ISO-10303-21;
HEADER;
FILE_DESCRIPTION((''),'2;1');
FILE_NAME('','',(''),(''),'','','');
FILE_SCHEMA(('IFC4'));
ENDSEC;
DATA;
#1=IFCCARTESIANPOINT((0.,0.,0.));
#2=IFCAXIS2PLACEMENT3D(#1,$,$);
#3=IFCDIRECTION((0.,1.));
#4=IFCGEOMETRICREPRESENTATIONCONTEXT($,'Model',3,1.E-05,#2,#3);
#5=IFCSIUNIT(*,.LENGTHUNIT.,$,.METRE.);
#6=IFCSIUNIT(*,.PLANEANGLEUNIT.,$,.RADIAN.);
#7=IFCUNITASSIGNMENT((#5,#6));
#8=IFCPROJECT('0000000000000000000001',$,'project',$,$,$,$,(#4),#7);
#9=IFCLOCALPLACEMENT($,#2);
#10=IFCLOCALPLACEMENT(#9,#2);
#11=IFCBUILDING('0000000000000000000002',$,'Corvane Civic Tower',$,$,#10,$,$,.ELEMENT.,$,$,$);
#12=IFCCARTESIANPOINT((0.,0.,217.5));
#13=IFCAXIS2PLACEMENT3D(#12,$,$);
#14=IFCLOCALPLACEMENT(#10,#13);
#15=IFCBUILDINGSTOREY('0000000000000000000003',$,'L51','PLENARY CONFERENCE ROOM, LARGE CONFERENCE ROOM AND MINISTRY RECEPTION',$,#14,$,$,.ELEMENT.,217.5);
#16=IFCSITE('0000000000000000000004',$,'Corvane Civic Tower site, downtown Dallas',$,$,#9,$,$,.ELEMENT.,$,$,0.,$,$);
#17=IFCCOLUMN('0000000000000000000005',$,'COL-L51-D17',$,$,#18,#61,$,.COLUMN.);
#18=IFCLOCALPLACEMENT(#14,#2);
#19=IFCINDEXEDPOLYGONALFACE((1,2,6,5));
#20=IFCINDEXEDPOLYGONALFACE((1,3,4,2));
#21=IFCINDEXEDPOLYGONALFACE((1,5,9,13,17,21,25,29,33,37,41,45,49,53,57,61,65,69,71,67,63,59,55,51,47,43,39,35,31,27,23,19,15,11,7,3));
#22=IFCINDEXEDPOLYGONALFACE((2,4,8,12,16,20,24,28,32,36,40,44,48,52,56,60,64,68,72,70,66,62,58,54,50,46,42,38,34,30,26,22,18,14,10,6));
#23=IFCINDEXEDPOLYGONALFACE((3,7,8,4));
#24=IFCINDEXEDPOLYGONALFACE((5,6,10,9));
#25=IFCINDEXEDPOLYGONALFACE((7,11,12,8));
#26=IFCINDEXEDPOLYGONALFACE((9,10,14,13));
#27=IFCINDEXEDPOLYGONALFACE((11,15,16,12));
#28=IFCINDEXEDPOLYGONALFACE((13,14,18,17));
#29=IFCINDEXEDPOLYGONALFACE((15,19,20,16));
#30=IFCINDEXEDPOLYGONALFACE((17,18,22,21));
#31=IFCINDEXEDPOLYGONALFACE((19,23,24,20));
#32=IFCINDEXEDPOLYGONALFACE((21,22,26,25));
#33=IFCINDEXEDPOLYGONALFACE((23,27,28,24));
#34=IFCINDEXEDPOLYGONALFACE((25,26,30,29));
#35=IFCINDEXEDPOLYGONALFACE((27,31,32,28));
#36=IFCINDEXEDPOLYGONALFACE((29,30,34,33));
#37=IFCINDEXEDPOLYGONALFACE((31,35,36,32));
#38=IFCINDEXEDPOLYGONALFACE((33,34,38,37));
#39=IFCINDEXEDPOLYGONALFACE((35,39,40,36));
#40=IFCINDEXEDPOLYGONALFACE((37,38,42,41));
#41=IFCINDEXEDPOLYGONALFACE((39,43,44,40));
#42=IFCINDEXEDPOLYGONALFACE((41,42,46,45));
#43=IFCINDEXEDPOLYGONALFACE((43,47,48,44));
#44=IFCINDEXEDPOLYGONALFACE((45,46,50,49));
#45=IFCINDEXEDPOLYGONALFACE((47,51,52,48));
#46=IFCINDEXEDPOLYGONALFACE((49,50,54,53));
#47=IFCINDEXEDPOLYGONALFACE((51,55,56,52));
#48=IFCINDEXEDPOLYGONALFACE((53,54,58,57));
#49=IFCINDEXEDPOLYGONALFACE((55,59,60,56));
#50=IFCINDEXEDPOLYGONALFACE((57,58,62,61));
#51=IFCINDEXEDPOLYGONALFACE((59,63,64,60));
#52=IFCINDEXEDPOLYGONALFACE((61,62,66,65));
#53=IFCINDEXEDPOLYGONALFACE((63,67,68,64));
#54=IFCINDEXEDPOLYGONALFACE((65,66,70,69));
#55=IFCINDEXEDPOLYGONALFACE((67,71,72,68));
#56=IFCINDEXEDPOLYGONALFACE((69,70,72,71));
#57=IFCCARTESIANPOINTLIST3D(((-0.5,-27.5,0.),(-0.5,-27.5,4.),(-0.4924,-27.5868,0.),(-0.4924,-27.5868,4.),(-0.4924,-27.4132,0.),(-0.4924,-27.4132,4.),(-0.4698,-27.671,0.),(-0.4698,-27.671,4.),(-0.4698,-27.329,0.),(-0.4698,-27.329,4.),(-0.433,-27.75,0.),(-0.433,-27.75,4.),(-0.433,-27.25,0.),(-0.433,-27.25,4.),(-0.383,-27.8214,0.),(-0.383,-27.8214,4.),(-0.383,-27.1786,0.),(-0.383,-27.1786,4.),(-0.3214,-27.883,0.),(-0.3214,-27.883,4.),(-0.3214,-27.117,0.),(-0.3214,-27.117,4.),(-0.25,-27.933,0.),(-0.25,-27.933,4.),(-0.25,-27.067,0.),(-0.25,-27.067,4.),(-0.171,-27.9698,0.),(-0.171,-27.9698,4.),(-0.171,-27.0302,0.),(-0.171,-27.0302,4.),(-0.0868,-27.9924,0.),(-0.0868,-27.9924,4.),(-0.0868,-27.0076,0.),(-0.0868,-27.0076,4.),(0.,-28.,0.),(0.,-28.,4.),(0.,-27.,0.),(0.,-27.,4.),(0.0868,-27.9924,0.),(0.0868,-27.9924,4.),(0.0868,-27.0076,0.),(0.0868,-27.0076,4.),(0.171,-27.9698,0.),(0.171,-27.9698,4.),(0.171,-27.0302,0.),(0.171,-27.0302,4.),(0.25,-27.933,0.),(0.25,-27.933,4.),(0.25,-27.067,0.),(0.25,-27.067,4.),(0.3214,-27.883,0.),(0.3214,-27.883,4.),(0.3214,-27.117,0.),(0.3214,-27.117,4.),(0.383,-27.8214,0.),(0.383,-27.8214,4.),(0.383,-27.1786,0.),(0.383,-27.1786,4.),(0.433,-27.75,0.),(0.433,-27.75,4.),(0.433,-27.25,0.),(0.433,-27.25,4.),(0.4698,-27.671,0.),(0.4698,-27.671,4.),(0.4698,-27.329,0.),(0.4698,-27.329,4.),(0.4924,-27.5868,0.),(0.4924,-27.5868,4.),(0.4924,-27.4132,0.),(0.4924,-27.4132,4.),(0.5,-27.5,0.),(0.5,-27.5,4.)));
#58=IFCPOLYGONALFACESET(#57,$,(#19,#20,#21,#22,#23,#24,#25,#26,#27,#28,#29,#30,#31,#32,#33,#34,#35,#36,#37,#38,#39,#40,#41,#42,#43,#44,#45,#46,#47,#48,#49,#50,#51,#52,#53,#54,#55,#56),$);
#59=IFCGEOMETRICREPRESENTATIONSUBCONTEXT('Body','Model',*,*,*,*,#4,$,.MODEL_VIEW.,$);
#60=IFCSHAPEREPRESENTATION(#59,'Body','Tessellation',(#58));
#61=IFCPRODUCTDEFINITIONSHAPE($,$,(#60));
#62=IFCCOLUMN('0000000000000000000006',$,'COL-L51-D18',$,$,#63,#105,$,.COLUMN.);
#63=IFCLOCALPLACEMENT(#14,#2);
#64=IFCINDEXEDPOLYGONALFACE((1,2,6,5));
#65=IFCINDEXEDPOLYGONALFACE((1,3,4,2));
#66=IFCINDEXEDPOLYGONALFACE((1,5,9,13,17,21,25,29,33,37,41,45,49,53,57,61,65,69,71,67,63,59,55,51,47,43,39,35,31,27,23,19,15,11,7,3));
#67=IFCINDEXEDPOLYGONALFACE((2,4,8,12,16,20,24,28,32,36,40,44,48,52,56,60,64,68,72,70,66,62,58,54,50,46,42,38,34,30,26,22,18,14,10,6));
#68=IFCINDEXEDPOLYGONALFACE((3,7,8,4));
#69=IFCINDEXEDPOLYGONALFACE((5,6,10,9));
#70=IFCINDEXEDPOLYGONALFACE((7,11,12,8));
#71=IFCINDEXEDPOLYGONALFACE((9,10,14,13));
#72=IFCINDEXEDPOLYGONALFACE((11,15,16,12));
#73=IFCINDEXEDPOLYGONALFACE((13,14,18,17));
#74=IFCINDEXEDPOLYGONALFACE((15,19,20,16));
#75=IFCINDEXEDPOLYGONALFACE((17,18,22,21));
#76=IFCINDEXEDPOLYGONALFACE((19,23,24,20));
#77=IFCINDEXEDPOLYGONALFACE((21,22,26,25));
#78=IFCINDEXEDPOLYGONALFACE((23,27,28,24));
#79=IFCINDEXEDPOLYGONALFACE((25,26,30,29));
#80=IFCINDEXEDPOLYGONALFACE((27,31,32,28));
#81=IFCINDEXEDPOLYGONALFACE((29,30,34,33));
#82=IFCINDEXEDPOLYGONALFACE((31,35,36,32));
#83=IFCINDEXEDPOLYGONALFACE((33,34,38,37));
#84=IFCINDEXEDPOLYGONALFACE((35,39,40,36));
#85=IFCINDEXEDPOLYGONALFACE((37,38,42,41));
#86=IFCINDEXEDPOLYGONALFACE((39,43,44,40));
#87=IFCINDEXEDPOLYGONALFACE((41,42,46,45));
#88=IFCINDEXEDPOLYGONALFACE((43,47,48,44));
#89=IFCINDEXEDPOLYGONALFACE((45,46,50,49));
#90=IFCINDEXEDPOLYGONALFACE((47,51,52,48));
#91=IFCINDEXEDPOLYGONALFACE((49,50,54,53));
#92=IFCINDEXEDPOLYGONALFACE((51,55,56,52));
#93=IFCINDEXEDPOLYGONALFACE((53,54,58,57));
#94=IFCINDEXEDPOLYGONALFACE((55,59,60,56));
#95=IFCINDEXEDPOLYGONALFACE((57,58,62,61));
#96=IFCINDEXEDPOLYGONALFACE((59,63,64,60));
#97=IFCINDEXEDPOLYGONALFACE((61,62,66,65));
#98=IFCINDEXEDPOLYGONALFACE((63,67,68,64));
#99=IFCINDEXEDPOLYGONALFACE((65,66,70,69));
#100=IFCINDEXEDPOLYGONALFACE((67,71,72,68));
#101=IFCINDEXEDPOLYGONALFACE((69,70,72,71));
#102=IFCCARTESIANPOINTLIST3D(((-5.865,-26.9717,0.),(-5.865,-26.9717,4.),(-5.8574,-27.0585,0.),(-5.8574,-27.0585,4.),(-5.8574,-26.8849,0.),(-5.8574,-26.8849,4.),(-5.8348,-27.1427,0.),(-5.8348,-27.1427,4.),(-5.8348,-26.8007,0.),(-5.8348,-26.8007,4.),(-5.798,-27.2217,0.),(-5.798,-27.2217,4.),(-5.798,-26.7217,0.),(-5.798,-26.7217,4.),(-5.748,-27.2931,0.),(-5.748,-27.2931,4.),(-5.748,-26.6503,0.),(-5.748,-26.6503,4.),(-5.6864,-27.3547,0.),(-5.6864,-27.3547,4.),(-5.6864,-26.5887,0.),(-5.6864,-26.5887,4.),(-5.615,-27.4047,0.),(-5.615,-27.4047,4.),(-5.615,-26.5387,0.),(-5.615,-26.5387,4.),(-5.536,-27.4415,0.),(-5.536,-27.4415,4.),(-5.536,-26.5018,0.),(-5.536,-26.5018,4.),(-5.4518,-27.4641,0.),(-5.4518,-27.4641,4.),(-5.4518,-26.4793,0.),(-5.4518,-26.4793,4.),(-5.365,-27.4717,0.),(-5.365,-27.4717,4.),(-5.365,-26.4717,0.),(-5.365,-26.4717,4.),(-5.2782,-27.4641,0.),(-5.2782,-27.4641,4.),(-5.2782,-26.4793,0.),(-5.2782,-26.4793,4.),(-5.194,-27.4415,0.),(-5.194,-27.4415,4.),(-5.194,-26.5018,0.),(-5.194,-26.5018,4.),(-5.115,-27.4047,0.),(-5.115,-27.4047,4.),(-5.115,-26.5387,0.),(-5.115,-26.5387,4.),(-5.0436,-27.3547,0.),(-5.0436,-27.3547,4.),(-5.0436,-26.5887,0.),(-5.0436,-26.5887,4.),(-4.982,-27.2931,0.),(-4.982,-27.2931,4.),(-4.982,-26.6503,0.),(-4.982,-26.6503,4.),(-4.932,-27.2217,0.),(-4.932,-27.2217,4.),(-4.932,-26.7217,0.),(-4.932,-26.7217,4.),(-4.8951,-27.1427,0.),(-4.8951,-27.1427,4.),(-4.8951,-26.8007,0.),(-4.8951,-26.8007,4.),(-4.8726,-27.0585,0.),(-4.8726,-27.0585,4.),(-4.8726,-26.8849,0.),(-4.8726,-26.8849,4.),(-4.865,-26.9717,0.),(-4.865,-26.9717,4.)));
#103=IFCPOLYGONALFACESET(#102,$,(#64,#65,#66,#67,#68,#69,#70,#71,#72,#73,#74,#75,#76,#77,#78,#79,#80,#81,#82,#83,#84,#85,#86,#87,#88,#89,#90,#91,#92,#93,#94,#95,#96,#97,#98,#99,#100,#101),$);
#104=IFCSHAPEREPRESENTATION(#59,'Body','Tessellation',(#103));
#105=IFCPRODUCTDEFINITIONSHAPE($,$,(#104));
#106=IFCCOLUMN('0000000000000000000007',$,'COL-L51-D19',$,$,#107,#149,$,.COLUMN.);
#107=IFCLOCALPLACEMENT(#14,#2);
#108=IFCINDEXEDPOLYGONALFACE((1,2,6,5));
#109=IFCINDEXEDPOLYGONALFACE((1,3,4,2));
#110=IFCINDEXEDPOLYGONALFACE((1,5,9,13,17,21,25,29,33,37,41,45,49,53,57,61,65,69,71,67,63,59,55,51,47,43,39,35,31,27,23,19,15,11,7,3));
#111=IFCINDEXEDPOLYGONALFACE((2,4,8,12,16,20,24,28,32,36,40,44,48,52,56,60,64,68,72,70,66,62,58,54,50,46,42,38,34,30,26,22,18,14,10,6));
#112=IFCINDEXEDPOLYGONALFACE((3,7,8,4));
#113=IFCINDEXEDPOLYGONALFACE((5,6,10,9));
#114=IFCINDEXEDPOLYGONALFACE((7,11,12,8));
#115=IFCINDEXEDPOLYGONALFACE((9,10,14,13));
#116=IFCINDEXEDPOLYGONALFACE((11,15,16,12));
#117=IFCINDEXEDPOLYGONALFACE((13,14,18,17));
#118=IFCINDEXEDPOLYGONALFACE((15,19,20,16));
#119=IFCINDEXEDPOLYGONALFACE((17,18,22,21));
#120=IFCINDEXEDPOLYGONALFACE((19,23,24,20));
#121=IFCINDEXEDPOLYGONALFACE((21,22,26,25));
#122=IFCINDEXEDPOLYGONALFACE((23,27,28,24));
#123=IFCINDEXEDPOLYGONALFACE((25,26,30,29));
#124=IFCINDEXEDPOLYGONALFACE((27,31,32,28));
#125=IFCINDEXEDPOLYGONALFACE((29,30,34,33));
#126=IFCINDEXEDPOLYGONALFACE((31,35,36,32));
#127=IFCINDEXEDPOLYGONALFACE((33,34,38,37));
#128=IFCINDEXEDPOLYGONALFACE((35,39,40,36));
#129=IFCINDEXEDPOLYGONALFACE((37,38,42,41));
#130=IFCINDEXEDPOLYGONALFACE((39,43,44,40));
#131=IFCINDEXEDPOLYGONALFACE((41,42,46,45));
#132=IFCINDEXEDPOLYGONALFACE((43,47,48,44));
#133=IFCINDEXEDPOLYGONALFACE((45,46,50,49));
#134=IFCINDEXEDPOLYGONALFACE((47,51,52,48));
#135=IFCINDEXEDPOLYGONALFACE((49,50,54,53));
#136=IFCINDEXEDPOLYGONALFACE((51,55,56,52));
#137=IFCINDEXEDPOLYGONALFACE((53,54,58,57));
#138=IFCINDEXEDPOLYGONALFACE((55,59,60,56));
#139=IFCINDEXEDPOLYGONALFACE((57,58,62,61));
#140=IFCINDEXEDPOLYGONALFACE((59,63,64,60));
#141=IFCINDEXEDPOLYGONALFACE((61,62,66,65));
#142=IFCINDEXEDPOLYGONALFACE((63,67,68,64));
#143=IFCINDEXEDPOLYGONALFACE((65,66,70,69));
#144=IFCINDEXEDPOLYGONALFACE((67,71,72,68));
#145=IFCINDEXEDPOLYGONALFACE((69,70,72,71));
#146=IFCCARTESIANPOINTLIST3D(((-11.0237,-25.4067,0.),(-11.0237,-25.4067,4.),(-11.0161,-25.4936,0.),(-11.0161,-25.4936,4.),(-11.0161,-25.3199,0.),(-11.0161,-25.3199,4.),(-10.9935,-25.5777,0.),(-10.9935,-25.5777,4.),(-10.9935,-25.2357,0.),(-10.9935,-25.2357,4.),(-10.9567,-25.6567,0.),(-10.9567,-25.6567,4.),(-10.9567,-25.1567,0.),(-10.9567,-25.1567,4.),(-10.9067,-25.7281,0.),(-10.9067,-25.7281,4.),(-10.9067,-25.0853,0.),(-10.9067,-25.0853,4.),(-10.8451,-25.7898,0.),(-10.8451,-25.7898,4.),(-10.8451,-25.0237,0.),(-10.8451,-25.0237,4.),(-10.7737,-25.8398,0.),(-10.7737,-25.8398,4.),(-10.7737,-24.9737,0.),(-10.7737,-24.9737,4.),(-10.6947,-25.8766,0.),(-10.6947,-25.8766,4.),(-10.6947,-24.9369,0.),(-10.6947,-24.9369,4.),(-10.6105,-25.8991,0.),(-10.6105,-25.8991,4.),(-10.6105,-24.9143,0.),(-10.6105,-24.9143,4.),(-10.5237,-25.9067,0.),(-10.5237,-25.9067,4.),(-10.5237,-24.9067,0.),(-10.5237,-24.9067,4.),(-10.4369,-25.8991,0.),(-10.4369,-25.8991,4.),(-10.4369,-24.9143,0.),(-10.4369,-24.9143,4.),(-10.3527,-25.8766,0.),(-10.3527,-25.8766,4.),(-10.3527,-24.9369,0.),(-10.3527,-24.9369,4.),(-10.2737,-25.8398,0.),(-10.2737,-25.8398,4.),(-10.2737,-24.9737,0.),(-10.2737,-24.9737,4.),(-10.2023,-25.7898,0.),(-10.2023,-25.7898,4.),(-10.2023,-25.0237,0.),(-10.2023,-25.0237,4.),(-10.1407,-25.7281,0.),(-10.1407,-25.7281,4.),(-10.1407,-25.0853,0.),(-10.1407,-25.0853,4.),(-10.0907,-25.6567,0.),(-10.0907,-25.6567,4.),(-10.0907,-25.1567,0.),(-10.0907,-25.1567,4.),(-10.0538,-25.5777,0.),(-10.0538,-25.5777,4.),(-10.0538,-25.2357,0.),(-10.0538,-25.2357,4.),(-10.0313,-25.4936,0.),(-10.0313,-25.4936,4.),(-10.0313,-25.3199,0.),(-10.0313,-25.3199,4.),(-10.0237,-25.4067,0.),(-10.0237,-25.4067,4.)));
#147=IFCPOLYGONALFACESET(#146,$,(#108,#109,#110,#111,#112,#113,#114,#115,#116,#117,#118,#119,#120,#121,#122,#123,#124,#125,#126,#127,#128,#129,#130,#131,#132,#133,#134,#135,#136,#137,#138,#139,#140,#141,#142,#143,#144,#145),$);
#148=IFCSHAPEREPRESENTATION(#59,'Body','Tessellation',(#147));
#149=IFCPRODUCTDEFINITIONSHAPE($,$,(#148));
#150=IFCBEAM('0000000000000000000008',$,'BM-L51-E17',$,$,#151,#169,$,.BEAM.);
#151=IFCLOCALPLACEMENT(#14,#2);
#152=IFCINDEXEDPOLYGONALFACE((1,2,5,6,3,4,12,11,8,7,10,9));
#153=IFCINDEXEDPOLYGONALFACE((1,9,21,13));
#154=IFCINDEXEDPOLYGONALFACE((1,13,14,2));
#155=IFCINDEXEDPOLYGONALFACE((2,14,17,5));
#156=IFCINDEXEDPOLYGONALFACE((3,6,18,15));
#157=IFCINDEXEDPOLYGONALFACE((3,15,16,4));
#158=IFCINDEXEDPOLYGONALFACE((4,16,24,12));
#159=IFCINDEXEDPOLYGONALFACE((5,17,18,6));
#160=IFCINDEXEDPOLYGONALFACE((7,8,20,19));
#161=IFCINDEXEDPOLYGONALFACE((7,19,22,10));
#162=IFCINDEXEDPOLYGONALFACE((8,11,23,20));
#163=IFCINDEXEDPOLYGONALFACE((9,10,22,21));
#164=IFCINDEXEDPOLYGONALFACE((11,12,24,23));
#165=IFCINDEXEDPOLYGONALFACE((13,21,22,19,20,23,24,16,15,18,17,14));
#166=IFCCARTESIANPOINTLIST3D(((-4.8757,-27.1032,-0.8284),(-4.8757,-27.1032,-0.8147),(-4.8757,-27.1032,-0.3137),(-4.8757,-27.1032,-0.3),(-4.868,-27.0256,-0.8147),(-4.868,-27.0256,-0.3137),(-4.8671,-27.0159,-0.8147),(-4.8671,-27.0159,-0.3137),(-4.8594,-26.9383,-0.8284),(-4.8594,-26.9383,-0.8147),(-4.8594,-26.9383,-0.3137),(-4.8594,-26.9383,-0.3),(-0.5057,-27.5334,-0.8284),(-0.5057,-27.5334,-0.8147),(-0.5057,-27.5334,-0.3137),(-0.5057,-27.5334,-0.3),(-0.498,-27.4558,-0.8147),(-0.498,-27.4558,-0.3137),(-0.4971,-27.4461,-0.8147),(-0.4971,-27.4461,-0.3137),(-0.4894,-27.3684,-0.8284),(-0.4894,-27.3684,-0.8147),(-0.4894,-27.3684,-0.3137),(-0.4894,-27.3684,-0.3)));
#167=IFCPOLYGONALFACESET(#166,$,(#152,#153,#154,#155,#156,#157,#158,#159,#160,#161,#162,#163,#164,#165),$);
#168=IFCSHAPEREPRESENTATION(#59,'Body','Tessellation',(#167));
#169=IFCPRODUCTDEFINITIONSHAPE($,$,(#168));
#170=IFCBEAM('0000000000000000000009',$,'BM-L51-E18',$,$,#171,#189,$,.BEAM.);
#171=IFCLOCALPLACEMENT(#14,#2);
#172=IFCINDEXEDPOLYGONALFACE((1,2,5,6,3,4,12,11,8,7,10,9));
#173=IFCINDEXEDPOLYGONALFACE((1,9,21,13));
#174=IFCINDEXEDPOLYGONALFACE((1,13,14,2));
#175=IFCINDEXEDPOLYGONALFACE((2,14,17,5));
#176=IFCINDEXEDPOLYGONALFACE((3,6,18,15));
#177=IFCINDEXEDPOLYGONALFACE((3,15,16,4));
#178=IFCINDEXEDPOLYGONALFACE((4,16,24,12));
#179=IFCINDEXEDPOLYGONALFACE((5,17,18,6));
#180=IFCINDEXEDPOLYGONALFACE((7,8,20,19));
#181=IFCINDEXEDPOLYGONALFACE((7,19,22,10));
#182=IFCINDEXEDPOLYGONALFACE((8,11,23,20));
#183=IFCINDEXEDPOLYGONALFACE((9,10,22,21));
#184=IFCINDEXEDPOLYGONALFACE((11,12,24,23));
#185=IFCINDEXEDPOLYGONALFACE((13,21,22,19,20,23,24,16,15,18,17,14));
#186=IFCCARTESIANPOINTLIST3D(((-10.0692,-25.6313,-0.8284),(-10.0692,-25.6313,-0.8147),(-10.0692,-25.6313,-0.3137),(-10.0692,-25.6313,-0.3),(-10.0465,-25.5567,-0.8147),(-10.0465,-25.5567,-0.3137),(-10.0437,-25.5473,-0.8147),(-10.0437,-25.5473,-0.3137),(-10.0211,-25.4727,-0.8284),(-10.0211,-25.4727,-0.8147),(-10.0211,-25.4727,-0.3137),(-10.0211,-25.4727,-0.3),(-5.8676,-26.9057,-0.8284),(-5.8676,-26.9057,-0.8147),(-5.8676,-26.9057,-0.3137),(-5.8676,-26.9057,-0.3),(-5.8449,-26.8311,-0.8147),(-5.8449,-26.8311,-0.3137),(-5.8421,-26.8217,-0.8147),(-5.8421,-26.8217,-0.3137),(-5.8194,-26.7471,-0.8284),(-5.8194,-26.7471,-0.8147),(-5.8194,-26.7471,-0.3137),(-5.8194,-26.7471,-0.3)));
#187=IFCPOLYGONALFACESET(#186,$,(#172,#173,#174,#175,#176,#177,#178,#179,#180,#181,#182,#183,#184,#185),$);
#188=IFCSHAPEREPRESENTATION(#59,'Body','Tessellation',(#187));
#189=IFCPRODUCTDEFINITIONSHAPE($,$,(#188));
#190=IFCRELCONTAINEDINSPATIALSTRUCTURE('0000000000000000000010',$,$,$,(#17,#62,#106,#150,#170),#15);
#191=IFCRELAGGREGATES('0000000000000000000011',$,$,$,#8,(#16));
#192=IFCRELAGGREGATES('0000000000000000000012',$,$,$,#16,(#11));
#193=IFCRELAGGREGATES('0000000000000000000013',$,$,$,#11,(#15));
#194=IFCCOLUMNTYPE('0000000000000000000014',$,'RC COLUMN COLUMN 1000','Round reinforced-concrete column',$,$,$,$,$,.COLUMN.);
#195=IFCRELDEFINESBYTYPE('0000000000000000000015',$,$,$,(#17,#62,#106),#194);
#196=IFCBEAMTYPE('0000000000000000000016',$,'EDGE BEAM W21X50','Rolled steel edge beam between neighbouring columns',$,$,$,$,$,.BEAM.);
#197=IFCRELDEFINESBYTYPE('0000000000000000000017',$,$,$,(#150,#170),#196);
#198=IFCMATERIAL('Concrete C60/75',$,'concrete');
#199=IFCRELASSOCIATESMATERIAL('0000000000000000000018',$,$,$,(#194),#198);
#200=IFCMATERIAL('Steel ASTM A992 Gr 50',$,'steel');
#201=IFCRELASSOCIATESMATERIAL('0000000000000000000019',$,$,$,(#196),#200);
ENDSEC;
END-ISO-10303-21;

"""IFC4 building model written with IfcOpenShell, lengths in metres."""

from ifc_helpers import new_model, si_unit, direction, frame, origin, origin_2d, place, context, subcontext, project, spatial, circle, i_section, extrude, material, material_profile, profile_set, type_object, element, save


model = new_model("IFC4")

# Units and contexts
model_context = context("Model", 3, precision=1e-05, world=origin(), true_north=direction((0.0, 1.0)))
body_context = subcontext(model_context, "Body", "Model", "MODEL_VIEW")
ifc_project = project(units=[si_unit("LENGTHUNIT", "METRE"), si_unit("PLANEANGLEUNIT", "RADIAN")], contexts=[model_context])

# Site, building, storey
site_placement = place(None, origin())
site = spatial("IfcSite", under=ifc_project, at=site_placement, Name="Corvane Civic Tower site, downtown Dallas", CompositionType="ELEMENT", RefElevation=0.0)
building_placement = place(site_placement, origin())
building = spatial("IfcBuilding", under=site, at=building_placement, Name="Corvane Civic Tower", CompositionType="ELEMENT")
storey_placement = place(building_placement, frame((0.0, 0.0, 217.5)))
storey = spatial("IfcBuildingStorey", under=building, at=storey_placement, Name="L51", Description="PLENARY CONFERENCE ROOM, LARGE CONFERENCE ROOM AND MINISTRY RECEPTION", CompositionType="ELEMENT", Elevation=217.5)

# Columns
ifc_material_1 = material(Name="Concrete C60/75", Category="concrete")
ifc_material_profile_1 = material_profile(ifc_material_1, circle(Radius=0.5, at=origin_2d()), Name="COLUMN 1000")
ifc_profile_set_1 = profile_set([ifc_material_profile_1], Name="Concrete C60/75")
column_type = type_object("IfcColumnType", Name="RC COLUMN COLUMN 1000", Description="Round reinforced-concrete column", PredefinedType="COLUMN", material=ifc_profile_set_1)
for number, where, z_axis, x_axis, name in (
    (1, (0.0, -27.5, 0.0), (0.0, 0.0, 1.0), (1.0, 0.0, 0.0), "COL-L51-D17"),
    (2, (-5.365, -26.9717, 0.0), (0.0, 0.0, 1.0), (1.0, 0.0, 0.0), "COL-L51-D18"),
    (3, (-10.5237, -25.4067, 0.0), (0.0, 0.0, 1.0), (1.0, 0.0, 0.0), "COL-L51-D19"),
):
    element("IfcColumn", number, at=place(storey_placement, frame(where, z_axis=z_axis, x_axis=x_axis)), inside=storey, type_object=column_type, Name=name, PredefinedType="COLUMN", context=body_context, shape_type="SweptSolid", body=[
        extrude(circle(Radius=0.5, at=origin_2d()), origin(), (0.0, 0.0, 1.0), 4.0),
    ])

# Beams
ifc_material_2 = material(Name="Steel ASTM A992 Gr 50", Category="steel")
ifc_material_profile_2 = material_profile(ifc_material_2, i_section(OverallWidth=0.1658, OverallDepth=0.5283, WebThickness=0.0098, FlangeThickness=0.0137, at=origin_2d()), Name="W21X50")
ifc_profile_set_2 = profile_set([ifc_material_profile_2], Name="Steel ASTM A992 Gr 50")
beam_type_1 = type_object("IfcBeamType", Name="EDGE BEAM W21X50", Description="Rolled steel edge beam between neighbouring columns", PredefinedType="BEAM", material=ifc_profile_set_2)
beam_1_placement = place(storey_placement, frame((-0.4976, -27.4509, -0.5642), z_axis=(-0.99519, 0.097968, 0.0), x_axis=(-0.097968, -0.99519, 0.0)))
element("IfcBeam", 4, at=beam_1_placement, inside=storey, type_object=beam_type_1, Name="BM-L51-E17", PredefinedType="BEAM", context=body_context, shape_type="SweptSolid", body=[
    extrude(i_section(OverallWidth=0.1658, OverallDepth=0.5283, WebThickness=0.0098, FlangeThickness=0.0137, at=origin_2d()), origin(), (0.0, 0.0, 1.0), 4.3911),
])
beam_2_placement = place(storey_placement, frame((-5.8435, -26.8264, -0.5642), z_axis=(-0.95695, 0.290254, 0.0), x_axis=(-0.290254, -0.95695, 0.0)))
element("IfcBeam", 5, at=beam_2_placement, inside=storey, type_object=beam_type_1, Name="BM-L51-E18", PredefinedType="BEAM", context=body_context, shape_type="SweptSolid", body=[
    extrude(i_section(OverallWidth=0.1658, OverallDepth=0.5283, WebThickness=0.0098, FlangeThickness=0.0137, at=origin_2d()), origin(), (0.0, 0.0, 1.0), 4.3906),
])

save(model, "model.ifc")
